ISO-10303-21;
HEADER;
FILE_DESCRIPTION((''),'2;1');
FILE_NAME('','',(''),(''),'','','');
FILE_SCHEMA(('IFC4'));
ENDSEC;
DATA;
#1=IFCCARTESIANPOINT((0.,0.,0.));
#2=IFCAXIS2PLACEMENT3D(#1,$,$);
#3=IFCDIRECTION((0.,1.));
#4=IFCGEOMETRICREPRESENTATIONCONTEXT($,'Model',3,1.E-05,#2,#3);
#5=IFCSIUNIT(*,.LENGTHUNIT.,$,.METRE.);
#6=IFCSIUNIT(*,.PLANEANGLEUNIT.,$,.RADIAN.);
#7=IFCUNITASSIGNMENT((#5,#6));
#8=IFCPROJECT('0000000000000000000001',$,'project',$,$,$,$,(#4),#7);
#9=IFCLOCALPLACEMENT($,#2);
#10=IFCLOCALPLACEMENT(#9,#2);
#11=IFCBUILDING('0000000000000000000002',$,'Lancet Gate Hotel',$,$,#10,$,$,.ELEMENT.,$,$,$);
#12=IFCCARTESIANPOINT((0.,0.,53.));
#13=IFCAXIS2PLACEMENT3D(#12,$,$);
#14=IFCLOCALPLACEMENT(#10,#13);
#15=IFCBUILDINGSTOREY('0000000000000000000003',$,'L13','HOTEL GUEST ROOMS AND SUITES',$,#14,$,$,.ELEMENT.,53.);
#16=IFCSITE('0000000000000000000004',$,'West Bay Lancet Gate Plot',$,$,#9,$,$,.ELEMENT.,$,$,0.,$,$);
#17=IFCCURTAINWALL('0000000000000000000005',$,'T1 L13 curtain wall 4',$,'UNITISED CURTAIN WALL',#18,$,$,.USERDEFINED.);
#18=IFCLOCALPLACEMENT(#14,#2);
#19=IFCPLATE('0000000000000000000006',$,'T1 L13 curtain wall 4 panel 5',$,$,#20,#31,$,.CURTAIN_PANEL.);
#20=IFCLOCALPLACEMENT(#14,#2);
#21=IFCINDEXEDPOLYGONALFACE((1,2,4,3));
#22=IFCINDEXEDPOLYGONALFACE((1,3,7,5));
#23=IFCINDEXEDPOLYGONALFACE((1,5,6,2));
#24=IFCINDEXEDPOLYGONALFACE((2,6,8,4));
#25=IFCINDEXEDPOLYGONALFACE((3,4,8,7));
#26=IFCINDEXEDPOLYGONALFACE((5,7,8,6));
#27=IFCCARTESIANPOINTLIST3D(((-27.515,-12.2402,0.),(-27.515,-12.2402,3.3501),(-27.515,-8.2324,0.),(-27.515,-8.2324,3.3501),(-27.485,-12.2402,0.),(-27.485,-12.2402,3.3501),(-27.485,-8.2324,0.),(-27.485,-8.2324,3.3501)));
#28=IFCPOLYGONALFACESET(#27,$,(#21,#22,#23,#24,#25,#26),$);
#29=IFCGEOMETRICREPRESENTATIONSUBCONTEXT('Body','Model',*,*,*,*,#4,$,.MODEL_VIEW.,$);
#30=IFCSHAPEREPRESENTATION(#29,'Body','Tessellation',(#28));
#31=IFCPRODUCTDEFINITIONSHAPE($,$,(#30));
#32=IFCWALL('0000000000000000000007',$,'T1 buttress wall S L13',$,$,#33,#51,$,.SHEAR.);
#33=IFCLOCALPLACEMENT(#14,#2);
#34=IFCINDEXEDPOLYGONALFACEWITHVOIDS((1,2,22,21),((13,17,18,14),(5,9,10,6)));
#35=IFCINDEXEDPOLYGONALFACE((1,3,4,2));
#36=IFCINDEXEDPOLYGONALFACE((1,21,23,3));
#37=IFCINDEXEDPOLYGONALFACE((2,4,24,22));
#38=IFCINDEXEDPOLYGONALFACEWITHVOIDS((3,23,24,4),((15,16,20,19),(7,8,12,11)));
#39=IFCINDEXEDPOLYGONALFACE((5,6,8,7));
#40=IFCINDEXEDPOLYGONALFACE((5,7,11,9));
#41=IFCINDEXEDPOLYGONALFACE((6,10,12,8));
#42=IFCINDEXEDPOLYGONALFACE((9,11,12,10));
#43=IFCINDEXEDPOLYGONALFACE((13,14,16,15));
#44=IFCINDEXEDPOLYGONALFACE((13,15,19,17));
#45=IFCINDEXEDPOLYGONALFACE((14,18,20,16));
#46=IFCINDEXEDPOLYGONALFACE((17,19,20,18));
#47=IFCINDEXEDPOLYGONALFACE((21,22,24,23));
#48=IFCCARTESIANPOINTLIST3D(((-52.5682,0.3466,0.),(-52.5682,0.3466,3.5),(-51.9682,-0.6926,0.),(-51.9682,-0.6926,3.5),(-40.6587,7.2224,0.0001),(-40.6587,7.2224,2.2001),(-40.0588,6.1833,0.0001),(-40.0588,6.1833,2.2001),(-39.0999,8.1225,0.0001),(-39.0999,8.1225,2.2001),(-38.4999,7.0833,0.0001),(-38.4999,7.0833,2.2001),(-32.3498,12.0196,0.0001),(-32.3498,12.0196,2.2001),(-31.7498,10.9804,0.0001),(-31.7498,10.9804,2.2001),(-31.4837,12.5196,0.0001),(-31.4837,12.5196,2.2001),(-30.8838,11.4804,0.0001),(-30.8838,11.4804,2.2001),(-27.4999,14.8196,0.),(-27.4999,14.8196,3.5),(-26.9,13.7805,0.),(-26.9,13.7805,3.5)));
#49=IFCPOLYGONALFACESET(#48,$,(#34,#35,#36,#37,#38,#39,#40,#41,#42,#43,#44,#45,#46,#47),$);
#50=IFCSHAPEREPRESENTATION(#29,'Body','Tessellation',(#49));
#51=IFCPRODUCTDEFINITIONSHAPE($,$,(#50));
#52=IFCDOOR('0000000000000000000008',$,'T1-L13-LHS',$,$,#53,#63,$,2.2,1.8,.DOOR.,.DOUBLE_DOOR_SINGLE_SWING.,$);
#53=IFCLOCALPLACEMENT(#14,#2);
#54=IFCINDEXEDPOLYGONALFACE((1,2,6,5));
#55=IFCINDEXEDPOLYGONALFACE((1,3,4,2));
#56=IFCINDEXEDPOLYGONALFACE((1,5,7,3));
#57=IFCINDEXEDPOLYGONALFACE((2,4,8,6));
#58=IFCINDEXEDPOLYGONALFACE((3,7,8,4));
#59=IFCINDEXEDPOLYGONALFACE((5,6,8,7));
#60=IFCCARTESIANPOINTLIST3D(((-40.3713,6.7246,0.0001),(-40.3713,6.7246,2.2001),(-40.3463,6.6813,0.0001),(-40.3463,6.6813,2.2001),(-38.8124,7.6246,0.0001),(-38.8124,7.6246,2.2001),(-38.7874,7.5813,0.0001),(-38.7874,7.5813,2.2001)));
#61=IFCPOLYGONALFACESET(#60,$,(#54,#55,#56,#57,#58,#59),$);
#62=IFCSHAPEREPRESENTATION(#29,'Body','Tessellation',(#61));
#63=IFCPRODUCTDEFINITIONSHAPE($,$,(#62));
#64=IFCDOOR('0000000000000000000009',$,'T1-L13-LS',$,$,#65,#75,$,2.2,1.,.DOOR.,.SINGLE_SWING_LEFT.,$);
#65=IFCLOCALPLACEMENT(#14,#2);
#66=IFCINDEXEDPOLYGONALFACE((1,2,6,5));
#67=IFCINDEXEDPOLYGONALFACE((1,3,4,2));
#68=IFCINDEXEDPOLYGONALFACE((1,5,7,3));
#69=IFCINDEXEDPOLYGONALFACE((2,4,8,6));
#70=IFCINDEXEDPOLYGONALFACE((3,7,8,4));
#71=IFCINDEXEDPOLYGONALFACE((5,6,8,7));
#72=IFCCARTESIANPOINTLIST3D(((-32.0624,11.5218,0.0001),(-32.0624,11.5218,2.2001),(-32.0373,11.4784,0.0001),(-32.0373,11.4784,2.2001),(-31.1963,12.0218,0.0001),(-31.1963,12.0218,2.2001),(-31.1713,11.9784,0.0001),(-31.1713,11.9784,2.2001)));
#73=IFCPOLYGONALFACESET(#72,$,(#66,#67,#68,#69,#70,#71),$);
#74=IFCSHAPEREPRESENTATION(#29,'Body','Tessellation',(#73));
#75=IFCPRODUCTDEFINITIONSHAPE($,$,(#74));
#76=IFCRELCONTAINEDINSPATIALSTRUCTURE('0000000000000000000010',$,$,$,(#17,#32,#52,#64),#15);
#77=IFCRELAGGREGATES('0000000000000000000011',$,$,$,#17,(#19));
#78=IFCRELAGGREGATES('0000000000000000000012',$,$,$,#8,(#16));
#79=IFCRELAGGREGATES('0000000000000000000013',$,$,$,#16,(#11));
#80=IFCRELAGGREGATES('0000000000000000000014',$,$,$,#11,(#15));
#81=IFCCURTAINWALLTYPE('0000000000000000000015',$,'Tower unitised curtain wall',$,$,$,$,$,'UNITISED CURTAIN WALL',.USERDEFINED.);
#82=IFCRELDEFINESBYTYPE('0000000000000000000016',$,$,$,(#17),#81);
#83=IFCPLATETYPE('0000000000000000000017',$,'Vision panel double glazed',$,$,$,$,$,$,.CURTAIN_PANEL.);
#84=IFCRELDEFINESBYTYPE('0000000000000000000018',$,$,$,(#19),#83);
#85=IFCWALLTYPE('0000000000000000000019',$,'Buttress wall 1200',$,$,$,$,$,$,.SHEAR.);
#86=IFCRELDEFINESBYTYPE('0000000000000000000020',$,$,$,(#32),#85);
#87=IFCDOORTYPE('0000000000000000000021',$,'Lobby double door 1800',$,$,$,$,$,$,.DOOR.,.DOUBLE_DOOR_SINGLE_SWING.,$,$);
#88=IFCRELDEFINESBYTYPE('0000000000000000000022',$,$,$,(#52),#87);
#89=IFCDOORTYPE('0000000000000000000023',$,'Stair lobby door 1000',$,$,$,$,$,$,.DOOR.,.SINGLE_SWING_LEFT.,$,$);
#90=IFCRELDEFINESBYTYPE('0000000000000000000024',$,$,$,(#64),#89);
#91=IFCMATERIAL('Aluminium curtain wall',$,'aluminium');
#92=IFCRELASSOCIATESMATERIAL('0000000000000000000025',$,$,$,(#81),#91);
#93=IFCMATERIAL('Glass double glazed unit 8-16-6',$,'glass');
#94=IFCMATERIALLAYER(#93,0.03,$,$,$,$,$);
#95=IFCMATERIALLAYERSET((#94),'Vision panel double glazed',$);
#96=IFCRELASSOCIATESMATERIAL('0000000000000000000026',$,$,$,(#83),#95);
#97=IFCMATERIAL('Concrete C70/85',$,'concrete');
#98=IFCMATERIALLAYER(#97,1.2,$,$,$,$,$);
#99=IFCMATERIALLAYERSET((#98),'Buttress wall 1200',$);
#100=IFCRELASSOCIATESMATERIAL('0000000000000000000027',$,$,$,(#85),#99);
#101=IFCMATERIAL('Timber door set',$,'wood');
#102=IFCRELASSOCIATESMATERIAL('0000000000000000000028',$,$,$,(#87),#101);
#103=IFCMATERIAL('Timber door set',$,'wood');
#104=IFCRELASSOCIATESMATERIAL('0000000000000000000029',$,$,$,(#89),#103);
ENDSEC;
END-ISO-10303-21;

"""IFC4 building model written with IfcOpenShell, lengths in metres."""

from ifc_helpers import new_model, si_unit, direction, frame, frame_2d, origin, origin_2d, place, context, subcontext, project, spatial, rectangle, extrude, material, layer, layer_set, type_object, element, fill, aggregate, save


model = new_model("IFC4")

# Units and contexts
model_context = context("Model", 3, precision=1e-05, world=origin(), true_north=direction((0.0, 1.0)))
body_context = subcontext(model_context, "Body", "Model", "MODEL_VIEW")
ifc_project = project(units=[si_unit("LENGTHUNIT", "METRE"), si_unit("PLANEANGLEUNIT", "RADIAN")], contexts=[model_context])

# Site, building, storey
site_placement = place(None, origin())
site = spatial("IfcSite", under=ifc_project, at=site_placement, Name="West Bay Lancet Gate Plot", CompositionType="ELEMENT", RefElevation=0.0)
building_placement = place(site_placement, origin())
building = spatial("IfcBuilding", under=site, at=building_placement, Name="Lancet Gate Hotel", CompositionType="ELEMENT")
storey_placement = place(building_placement, frame((0.0, 0.0, 53.0)))
storey = spatial("IfcBuildingStorey", under=building, at=storey_placement, Name="L13", Description="HOTEL GUEST ROOMS AND SUITES", CompositionType="ELEMENT", Elevation=53.0)

# Curtain wall
ifc_material_1 = material(Name="Aluminium curtain wall", Category="aluminium")
curtain_wall_type = type_object("IfcCurtainWallType", Name="Tower unitised curtain wall", ElementType="UNITISED CURTAIN WALL", PredefinedType="USERDEFINED", material=ifc_material_1)
curtain_wall_placement = place(storey_placement, origin())
curtain_wall = element("IfcCurtainWall", 1, at=curtain_wall_placement, inside=storey, type_object=curtain_wall_type, Name="T1 L13 curtain wall 4", ObjectType="UNITISED CURTAIN WALL", PredefinedType="USERDEFINED")

# Plate
ifc_material_2 = material(Name="Glass double glazed unit 8-16-6", Category="glass")
ifc_layer_1 = layer(ifc_material_2, 0.03)
ifc_layer_set_1 = layer_set([ifc_layer_1], Name="Vision panel double glazed")
plate_type = type_object("IfcPlateType", Name="Vision panel double glazed", PredefinedType="CURTAIN_PANEL", material=ifc_layer_set_1)
plate_1_placement = place(storey_placement, frame((-27.5, -10.2363, 0.0), z_axis=(0.0, 0.0, 1.0), x_axis=(0.0, 1.0, 0.0)))
plate_1 = element("IfcPlate", 2, at=plate_1_placement, type_object=plate_type, Name="T1 L13 curtain wall 4 panel 5", PredefinedType="CURTAIN_PANEL", context=body_context, shape_type="SweptSolid", body=[
    extrude(rectangle(XDim=4.0078, YDim=0.03, at=origin_2d()), origin(), (0.0, 0.0, 1.0), 3.3501),
])
aggregate(curtain_wall, [plate_1])

# Wall, openings, doors
ifc_material_3 = material(Name="Concrete C70/85", Category="concrete")
ifc_layer_2 = layer(ifc_material_3, 1.2)
ifc_layer_set_2 = layer_set([ifc_layer_2], Name="Buttress wall 1200")
wall_type = type_object("IfcWallType", Name="Buttress wall 1200", PredefinedType="SHEAR", material=ifc_layer_set_2)
wall_placement = place(storey_placement, frame((-27.2, 14.3, 0.0), z_axis=(0.0, 0.0, 1.0), x_axis=(-0.866027, -0.499998, 0.0)))
wall = element("IfcWall", 3, at=wall_placement, inside=storey, type_object=wall_type, Name="T1 buttress wall S L13", PredefinedType="SHEAR", context=body_context, shape_type="SweptSolid", body=[
    extrude(rectangle(XDim=28.9463, YDim=1.2, at=frame_2d((14.4731, 0.0))), origin(), (0.0, 0.0, 1.0), 3.5),
])
opening_1_placement = place(wall_placement, frame((4.6001, 0.0, 0.0)))
opening_1 = element("IfcOpeningElement", 4, at=opening_1_placement, cuts=wall, PredefinedType="OPENING", context=body_context, shape_type="SweptSolid", body=[
    extrude(rectangle(XDim=1.0, YDim=2.2, at=frame_2d((0.5, 1.1001))), frame((0.0, 0.6099, 0.0), z_axis=(0.0, -1.0, 0.0), x_axis=(1.0, 0.0, 0.0)), (0.0, 0.0, 1.0), 1.22),
])
opening_2_placement = place(wall_placement, frame((13.3945, 0.0, 0.0)))
opening_2 = element("IfcOpeningElement", 5, at=opening_2_placement, cuts=wall, PredefinedType="OPENING", context=body_context, shape_type="SweptSolid", body=[
    extrude(rectangle(XDim=1.8, YDim=2.2, at=frame_2d((0.8999, 1.1001))), frame((0.0, 0.6099, 0.0), z_axis=(0.0, -1.0, 0.0), x_axis=(1.0, 0.0, 0.0)), (0.0, 0.0, 1.0), 1.22),
])
ifc_material_4 = material(Name="Timber door set", Category="wood")
door_type_1 = type_object("IfcDoorType", Name="Lobby double door 1800", OperationType="DOUBLE_DOOR_SINGLE_SWING", PredefinedType="DOOR", material=ifc_material_4)
door_1_placement = place(opening_2_placement, origin())
door_1 = element("IfcDoor", 6, at=door_1_placement, inside=storey, type_object=door_type_1, Name="T1-L13-LHS", OperationType="DOUBLE_DOOR_SINGLE_SWING", OverallHeight=2.2, OverallWidth=1.8, PredefinedType="DOOR", context=body_context, shape_type="SweptSolid", body=[
    extrude(rectangle(XDim=1.8, YDim=2.2, at=frame_2d((0.8999, 1.1001))), frame((0.0, 0.0249, 0.0), z_axis=(0.0, -1.0, 0.0), x_axis=(1.0, 0.0, 0.0)), (0.0, 0.0, 1.0), 0.05),
])
fill(opening_2, door_1)
ifc_material_5 = material(Name="Timber door set", Category="wood")
door_type_2 = type_object("IfcDoorType", Name="Stair lobby door 1000", OperationType="SINGLE_SWING_LEFT", PredefinedType="DOOR", material=ifc_material_5)
door_2_placement = place(opening_1_placement, origin())
door_2 = element("IfcDoor", 7, at=door_2_placement, inside=storey, type_object=door_type_2, Name="T1-L13-LS", OperationType="SINGLE_SWING_LEFT", OverallHeight=2.2, OverallWidth=1.0, PredefinedType="DOOR", context=body_context, shape_type="SweptSolid", body=[
    extrude(rectangle(XDim=1.0, YDim=2.2, at=frame_2d((0.5, 1.1001))), frame((0.0, 0.0249, 0.0), z_axis=(0.0, -1.0, 0.0), x_axis=(1.0, 0.0, 0.0)), (0.0, 0.0, 1.0), 0.05),
])
fill(opening_1, door_2)

save(model, "model.ifc")
